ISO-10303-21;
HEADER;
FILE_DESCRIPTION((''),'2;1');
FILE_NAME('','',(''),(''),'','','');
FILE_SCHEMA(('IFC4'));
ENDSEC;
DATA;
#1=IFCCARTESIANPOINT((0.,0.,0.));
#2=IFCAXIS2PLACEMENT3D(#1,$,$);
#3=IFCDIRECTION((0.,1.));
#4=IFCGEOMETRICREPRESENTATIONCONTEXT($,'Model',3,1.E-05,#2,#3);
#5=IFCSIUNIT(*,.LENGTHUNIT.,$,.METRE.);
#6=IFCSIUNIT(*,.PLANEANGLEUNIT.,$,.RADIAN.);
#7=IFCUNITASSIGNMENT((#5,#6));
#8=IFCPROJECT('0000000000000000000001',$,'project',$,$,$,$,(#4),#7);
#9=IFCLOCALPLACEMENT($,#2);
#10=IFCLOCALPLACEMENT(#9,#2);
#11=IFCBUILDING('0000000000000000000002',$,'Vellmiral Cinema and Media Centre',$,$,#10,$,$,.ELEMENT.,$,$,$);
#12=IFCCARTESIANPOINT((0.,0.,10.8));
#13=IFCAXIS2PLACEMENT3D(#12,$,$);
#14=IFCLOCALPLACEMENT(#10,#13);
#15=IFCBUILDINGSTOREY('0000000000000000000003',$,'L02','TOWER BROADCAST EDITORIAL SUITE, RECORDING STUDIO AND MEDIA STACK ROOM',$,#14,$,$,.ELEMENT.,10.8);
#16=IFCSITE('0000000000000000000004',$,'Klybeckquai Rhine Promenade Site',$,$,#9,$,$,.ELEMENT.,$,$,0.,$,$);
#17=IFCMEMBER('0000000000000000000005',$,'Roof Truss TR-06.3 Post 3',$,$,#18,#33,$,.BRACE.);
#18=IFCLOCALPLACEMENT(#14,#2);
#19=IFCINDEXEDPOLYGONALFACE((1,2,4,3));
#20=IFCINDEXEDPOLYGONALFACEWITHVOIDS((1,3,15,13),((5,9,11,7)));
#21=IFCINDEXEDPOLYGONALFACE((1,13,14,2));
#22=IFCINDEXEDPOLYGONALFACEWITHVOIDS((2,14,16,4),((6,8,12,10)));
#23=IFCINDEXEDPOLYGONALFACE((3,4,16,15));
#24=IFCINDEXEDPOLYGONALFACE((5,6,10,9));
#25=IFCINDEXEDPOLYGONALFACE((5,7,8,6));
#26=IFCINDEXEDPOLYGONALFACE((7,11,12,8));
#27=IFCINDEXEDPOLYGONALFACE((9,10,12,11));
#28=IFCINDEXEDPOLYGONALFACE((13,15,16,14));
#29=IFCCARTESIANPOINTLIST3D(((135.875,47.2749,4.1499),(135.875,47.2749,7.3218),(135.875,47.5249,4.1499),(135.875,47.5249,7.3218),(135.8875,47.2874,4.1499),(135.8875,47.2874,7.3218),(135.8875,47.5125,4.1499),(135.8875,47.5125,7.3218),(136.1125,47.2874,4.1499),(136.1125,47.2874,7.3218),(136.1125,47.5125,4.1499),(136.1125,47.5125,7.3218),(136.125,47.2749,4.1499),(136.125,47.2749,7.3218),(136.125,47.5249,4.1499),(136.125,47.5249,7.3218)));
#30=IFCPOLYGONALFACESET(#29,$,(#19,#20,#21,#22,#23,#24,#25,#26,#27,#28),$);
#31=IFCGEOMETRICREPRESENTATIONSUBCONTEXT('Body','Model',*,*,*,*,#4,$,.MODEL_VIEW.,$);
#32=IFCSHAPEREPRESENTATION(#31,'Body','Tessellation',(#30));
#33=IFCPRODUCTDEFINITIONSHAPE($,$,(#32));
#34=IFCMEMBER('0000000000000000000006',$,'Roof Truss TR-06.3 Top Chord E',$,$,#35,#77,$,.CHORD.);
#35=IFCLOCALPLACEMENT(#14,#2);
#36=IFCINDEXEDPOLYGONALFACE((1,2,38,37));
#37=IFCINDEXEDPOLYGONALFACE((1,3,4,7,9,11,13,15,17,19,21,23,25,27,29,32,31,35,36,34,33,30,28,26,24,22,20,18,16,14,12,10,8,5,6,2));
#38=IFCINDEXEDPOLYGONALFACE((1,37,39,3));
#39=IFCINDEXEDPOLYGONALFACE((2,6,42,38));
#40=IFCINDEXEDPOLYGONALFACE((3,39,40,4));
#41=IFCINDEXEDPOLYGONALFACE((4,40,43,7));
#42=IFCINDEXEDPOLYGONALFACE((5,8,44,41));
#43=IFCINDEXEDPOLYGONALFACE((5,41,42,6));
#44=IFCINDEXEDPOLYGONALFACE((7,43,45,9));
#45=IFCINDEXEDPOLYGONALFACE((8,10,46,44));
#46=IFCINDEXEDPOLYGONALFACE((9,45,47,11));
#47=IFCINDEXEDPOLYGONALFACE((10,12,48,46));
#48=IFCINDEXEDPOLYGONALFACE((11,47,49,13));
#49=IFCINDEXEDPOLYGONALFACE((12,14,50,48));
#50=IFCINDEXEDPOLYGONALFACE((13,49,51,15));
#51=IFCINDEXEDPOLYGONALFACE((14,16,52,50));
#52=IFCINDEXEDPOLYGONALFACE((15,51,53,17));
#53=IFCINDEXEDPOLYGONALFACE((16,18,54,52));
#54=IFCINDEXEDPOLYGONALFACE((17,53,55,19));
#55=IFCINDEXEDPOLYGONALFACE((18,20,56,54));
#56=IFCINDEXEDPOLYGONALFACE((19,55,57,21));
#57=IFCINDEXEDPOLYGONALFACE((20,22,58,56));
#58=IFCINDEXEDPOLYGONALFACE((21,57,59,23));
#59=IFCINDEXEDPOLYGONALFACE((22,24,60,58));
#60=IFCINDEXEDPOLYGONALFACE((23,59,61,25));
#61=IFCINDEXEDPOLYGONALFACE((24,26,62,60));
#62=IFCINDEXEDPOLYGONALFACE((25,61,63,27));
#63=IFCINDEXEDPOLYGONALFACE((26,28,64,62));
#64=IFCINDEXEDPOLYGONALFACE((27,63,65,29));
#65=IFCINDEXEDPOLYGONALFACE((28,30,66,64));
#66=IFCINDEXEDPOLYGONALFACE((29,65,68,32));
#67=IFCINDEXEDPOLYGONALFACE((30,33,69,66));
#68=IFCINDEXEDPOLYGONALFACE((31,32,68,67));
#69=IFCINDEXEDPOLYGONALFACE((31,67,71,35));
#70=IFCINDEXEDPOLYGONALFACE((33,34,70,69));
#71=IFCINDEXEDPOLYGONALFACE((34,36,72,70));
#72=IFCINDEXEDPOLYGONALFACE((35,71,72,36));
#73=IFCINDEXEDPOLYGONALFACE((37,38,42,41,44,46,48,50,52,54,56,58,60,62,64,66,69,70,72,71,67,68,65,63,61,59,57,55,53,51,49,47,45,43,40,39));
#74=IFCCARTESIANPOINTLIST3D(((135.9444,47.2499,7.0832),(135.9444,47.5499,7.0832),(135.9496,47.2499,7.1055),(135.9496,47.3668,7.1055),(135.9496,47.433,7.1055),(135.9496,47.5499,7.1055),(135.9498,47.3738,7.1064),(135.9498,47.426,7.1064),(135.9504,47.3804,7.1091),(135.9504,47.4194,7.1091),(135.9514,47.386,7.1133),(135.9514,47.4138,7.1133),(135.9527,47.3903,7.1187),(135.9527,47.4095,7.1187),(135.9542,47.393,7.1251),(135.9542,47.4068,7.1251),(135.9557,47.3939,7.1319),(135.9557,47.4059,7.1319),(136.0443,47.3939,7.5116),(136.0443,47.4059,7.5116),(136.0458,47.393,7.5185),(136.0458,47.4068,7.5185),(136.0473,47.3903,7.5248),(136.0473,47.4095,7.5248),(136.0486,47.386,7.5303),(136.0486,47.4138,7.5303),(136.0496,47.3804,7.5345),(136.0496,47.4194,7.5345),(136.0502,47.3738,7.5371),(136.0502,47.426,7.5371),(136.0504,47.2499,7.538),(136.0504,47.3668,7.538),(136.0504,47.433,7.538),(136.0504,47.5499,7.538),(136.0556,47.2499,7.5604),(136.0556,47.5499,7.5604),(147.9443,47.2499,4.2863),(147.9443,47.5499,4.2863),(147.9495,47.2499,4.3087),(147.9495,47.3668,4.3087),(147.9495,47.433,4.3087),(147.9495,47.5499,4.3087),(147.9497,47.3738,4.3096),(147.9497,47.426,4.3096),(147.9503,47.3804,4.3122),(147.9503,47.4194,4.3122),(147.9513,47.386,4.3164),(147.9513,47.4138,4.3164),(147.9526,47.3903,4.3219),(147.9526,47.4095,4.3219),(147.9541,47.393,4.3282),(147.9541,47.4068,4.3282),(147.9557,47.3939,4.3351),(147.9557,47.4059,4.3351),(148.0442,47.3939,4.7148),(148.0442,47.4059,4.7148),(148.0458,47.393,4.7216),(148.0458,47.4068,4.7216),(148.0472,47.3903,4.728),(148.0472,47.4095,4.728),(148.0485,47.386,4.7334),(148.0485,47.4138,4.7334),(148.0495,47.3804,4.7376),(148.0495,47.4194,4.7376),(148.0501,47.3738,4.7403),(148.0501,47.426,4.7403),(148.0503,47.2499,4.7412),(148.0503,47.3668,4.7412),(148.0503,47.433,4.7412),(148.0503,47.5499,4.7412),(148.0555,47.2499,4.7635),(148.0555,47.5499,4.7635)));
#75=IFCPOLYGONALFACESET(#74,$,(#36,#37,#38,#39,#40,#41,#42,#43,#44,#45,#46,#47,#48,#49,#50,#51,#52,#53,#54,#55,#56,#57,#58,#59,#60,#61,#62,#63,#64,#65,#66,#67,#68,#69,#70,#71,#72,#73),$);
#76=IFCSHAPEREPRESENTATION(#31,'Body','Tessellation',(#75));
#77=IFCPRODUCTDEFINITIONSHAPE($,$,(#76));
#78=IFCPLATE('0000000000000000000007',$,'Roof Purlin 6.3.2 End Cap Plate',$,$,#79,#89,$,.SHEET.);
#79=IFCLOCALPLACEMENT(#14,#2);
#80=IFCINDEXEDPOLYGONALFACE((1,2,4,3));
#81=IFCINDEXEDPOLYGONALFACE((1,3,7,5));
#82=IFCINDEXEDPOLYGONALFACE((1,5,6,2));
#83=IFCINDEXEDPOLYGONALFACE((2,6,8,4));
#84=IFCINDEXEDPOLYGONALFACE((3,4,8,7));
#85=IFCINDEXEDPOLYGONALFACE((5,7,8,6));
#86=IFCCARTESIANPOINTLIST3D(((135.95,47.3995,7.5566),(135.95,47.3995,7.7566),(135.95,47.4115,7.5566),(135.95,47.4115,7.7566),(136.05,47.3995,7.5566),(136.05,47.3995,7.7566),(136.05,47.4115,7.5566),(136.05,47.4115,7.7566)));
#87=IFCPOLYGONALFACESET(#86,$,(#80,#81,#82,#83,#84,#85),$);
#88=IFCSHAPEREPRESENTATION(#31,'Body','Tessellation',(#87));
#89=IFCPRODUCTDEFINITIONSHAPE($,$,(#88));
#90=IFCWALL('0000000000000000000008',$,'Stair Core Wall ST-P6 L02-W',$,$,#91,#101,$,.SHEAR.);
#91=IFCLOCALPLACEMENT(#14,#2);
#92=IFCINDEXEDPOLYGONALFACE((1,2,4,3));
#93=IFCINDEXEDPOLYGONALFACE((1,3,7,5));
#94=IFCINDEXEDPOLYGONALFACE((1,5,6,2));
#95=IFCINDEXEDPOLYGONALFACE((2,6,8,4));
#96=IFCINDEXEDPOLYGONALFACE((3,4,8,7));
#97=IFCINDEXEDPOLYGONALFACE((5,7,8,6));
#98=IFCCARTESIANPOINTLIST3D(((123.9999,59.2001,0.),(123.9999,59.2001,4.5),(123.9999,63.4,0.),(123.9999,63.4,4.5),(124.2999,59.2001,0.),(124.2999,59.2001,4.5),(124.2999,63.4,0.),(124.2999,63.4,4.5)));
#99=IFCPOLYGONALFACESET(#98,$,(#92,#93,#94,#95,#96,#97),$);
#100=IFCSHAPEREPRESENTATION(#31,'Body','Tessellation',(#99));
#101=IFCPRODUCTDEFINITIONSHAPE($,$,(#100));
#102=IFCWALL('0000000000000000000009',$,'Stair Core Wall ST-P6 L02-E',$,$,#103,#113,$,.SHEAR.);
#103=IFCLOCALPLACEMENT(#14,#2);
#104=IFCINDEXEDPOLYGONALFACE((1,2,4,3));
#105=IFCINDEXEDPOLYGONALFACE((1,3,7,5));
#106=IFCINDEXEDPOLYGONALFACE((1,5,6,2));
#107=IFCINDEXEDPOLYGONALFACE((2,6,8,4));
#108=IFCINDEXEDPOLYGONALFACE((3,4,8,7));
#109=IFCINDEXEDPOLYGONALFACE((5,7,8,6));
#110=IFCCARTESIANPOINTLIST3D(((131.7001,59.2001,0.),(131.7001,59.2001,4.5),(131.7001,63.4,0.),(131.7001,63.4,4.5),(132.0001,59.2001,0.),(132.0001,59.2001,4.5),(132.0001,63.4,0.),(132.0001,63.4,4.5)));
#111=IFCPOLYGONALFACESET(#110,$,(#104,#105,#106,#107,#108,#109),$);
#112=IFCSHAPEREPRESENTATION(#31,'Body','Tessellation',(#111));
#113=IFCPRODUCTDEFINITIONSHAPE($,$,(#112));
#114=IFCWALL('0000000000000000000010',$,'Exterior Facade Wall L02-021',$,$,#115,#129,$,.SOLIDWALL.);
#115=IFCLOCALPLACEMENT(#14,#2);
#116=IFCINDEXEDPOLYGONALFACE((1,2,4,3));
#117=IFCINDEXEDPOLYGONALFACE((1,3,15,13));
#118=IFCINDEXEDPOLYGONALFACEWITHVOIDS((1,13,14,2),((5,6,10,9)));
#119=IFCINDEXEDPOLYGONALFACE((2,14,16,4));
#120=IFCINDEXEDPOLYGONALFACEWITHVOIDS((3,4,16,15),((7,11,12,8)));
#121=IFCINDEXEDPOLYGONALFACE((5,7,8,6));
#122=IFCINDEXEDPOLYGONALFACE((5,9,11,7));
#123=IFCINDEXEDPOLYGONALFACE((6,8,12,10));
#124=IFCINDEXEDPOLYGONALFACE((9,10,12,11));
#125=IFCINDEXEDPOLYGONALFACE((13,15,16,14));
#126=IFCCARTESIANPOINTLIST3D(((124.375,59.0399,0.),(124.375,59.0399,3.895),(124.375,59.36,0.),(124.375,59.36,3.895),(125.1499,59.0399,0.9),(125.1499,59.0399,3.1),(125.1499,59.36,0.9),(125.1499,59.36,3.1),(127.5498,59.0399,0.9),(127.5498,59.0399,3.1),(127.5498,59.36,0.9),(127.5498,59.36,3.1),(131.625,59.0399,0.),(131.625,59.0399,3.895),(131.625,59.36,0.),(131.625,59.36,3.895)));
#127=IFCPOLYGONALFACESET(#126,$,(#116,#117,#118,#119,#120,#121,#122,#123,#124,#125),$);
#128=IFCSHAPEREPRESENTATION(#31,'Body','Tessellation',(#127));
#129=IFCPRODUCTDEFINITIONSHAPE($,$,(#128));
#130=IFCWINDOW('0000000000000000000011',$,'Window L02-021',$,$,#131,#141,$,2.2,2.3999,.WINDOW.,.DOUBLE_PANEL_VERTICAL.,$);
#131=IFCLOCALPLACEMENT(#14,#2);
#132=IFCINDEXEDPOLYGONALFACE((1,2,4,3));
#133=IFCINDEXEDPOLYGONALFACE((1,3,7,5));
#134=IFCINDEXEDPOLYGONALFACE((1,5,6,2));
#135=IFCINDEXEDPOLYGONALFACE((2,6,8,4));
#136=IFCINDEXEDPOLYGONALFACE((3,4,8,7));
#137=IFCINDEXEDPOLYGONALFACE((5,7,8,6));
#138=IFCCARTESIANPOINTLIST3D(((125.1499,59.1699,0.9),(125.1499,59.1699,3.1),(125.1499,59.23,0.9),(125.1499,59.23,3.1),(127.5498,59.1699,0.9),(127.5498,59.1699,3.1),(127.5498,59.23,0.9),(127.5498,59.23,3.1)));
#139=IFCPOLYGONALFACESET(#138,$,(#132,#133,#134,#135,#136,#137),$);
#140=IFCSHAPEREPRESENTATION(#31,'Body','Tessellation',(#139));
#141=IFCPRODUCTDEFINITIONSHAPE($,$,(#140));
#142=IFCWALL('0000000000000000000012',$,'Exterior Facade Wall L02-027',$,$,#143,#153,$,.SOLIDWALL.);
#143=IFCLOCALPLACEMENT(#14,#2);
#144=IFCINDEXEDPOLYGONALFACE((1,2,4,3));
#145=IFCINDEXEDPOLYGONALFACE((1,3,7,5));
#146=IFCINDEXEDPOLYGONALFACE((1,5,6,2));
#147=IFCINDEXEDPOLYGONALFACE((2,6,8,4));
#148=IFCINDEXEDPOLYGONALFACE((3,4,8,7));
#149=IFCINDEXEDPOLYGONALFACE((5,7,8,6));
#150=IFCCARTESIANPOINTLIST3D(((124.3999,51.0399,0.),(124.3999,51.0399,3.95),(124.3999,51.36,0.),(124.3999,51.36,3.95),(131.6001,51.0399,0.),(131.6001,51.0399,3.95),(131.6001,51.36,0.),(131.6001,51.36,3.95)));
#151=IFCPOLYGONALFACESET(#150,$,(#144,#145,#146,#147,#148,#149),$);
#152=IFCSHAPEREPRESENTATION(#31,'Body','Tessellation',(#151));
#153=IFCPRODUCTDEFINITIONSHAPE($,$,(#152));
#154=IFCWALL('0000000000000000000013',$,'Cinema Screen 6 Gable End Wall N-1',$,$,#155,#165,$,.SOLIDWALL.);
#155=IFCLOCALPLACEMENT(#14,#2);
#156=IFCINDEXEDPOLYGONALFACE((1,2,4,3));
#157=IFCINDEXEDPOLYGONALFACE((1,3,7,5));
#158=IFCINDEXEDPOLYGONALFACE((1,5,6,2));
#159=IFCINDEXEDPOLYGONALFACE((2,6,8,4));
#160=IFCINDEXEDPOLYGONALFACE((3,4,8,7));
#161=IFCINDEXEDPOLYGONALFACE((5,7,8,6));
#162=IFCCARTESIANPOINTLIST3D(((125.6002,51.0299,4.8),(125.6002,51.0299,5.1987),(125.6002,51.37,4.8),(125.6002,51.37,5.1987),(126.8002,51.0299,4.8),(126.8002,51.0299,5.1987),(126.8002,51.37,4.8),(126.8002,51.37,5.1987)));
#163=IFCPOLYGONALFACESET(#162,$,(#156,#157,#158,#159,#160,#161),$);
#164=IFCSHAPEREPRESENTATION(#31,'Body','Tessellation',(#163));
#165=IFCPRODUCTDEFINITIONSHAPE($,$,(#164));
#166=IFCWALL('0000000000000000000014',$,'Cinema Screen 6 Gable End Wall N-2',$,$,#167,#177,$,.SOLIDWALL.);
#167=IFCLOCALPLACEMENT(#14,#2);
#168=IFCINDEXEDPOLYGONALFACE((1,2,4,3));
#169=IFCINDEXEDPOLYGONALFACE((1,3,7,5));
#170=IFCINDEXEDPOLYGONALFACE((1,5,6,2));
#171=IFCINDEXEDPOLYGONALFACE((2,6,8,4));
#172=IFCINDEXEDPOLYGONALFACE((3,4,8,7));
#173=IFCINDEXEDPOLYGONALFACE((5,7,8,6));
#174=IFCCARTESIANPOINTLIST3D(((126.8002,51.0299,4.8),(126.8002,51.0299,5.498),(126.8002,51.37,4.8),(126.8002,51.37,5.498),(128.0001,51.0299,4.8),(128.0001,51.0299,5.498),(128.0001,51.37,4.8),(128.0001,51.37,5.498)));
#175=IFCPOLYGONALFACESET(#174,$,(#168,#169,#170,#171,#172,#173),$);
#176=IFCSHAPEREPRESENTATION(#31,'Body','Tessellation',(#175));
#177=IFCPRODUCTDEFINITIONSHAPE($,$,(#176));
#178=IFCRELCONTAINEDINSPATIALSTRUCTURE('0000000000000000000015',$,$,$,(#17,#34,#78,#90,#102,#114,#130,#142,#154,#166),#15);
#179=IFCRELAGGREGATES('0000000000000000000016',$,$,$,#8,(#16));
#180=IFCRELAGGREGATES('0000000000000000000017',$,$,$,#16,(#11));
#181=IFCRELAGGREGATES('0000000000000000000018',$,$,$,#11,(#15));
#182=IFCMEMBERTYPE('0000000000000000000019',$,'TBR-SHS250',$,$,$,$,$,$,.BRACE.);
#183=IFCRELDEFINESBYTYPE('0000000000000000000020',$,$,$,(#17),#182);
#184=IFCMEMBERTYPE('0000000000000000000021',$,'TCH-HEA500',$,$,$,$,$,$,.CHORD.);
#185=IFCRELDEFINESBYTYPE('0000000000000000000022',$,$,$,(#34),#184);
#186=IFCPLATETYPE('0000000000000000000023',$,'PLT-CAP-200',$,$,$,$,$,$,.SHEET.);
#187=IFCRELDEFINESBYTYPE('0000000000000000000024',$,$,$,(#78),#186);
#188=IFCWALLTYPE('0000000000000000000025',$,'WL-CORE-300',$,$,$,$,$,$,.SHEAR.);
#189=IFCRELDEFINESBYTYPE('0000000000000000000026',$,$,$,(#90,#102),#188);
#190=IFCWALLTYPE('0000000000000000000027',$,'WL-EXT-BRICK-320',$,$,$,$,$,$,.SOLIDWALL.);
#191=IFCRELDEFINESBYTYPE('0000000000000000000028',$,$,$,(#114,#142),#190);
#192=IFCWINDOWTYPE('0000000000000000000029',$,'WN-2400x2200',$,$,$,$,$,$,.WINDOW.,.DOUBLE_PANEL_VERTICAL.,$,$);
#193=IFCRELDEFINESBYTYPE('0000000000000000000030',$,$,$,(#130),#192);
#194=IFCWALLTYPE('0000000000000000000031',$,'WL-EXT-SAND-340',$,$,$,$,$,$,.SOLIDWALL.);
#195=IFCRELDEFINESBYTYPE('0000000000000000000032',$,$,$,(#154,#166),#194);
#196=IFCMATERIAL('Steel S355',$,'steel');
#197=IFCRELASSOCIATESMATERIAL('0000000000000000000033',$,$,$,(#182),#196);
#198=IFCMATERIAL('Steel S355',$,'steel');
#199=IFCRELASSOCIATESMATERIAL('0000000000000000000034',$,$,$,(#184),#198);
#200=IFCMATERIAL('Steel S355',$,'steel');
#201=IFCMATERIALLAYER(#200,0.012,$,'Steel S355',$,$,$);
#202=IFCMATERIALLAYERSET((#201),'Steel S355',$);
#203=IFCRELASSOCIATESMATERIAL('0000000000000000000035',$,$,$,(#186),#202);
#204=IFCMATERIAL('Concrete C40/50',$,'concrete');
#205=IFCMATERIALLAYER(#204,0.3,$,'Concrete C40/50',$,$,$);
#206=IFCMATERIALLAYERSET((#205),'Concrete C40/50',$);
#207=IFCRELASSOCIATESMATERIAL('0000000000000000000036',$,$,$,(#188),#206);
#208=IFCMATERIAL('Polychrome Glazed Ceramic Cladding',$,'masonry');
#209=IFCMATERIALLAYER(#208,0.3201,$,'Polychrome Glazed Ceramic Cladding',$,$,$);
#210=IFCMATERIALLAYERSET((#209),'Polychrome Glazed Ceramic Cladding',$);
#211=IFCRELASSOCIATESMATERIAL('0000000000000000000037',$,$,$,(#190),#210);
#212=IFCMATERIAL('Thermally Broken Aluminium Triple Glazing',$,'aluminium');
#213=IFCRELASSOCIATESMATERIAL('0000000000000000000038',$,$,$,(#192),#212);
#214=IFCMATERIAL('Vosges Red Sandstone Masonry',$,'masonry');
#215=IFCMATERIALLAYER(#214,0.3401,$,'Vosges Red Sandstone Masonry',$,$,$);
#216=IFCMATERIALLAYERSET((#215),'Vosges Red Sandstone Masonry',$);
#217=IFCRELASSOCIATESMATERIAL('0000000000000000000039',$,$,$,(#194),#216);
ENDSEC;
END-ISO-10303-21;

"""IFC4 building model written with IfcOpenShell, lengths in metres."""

from ifc_helpers import new_model, si_unit, direction, frame, frame_2d, origin, origin_2d, place, context, subcontext, project, spatial, rectangle, hollow_rectangle, i_section, extrude, material, layer, layer_set, material_profile, profile_set, type_object, element, fill, save


model = new_model("IFC4")

# Units and contexts
model_context = context("Model", 3, precision=1e-05, world=origin(), true_north=direction((0.0, 1.0)))
body_context = subcontext(model_context, "Body", "Model", "MODEL_VIEW")
ifc_project = project(units=[si_unit("LENGTHUNIT", "METRE"), si_unit("PLANEANGLEUNIT", "RADIAN")], contexts=[model_context])

# Site, building, storey
site_placement = place(None, origin())
site = spatial("IfcSite", under=ifc_project, at=site_placement, Name="Klybeckquai Rhine Promenade Site", CompositionType="ELEMENT", RefElevation=0.0)
building_placement = place(site_placement, origin())
building = spatial("IfcBuilding", under=site, at=building_placement, Name="Vellmiral Cinema and Media Centre", CompositionType="ELEMENT")
storey_placement = place(building_placement, frame((0.0, 0.0, 10.8)))
storey = spatial("IfcBuildingStorey", under=building, at=storey_placement, Name="L02", Description="TOWER BROADCAST EDITORIAL SUITE, RECORDING STUDIO AND MEDIA STACK ROOM", CompositionType="ELEMENT", Elevation=10.8)

# Members
ifc_material_1 = material(Name="Steel S355", Category="steel")
ifc_material_profile_1 = material_profile(ifc_material_1, hollow_rectangle(XDim=0.25, YDim=0.25, WallThickness=0.0125, at=origin_2d()), Name="SHS 250x250x12.5")
ifc_profile_set_1 = profile_set([ifc_material_profile_1], Name="Steel S355")
member_type_1 = type_object("IfcMemberType", Name="TBR-SHS250", PredefinedType="BRACE", material=ifc_profile_set_1)
member_1_placement = place(storey_placement, frame((136.0, 47.3999, 4.1499), z_axis=(0.0, 0.0, 1.0), x_axis=(1.0, 0.0, 0.0)))
element("IfcMember", 1, at=member_1_placement, inside=storey, type_object=member_type_1, Name="Roof Truss TR-06.3 Post 3", PredefinedType="BRACE", context=body_context, shape_type="SweptSolid", body=[
    extrude(hollow_rectangle(XDim=0.25, YDim=0.25, WallThickness=0.0125, at=origin_2d()), origin(), (0.0, 0.0, 1.0), 3.1719),
])
ifc_material_2 = material(Name="Steel S355", Category="steel")
ifc_material_profile_2 = material_profile(ifc_material_2, i_section(OverallWidth=0.3, OverallDepth=0.49, WebThickness=0.012, FlangeThickness=0.0229, FilletRadius=0.0271, at=origin_2d()), Name="HEA 500")
ifc_profile_set_2 = profile_set([ifc_material_profile_2], Name="Steel S355")
member_type_2 = type_object("IfcMemberType", Name="TCH-HEA500", PredefinedType="CHORD", material=ifc_profile_set_2)
member_2_placement = place(storey_placement, frame((136.0, 47.3999, 7.3218), z_axis=(0.973897, 0.0, -0.226989), x_axis=(0.0, 1.0, 0.0)))
element("IfcMember", 2, at=member_2_placement, inside=storey, type_object=member_type_2, Name="Roof Truss TR-06.3 Top Chord E", PredefinedType="CHORD", context=body_context, shape_type="SweptSolid", body=[
    extrude(i_section(OverallWidth=0.3, OverallDepth=0.49, WebThickness=0.012, FlangeThickness=0.0229, FilletRadius=0.0271, at=origin_2d()), origin(), (0.0, 0.0, 1.0), 12.3215),
])

# Plate
ifc_material_3 = material(Name="Steel S355", Category="steel")
ifc_layer_1 = layer(ifc_material_3, 0.012, Name="Steel S355")
ifc_layer_set_1 = layer_set([ifc_layer_1], Name="Steel S355")
plate_type = type_object("IfcPlateType", Name="PLT-CAP-200", PredefinedType="SHEET", material=ifc_layer_set_1)
plate_placement = place(storey_placement, frame((136.0, 47.4055, 7.5566), z_axis=(0.0, 0.0, 1.0), x_axis=(1.0, 0.0, 0.0)))
element("IfcPlate", 3, at=plate_placement, inside=storey, type_object=plate_type, Name="Roof Purlin 6.3.2 End Cap Plate", PredefinedType="SHEET", context=body_context, shape_type="SweptSolid", body=[
    extrude(rectangle(XDim=0.1001, YDim=0.012, at=origin_2d()), origin(), (0.0, 0.0, 1.0), 0.2),
])

# Walls
ifc_material_4 = material(Name="Concrete C40/50", Category="concrete")
ifc_layer_2 = layer(ifc_material_4, 0.3, Name="Concrete C40/50")
ifc_layer_set_2 = layer_set([ifc_layer_2], Name="Concrete C40/50")
wall_type_1 = type_object("IfcWallType", Name="WL-CORE-300", PredefinedType="SHEAR", material=ifc_layer_set_2)
for number, where, z_axis, x_axis, name in (
    (4, (124.1499, 59.2, 0.0), (0.0, 0.0, 1.0), (0.0, 1.0, 0.0), "Stair Core Wall ST-P6 L02-W"),
    (5, (131.8501, 59.2, 0.0), (0.0, 0.0, 1.0), (0.0, 1.0, 0.0), "Stair Core Wall ST-P6 L02-E"),
):
    element("IfcWall", number, at=place(storey_placement, frame(where, z_axis=z_axis, x_axis=x_axis)), inside=storey, type_object=wall_type_1, Name=name, PredefinedType="SHEAR", context=body_context, shape_type="SweptSolid", body=[
        extrude(rectangle(XDim=4.2, YDim=0.3, at=frame_2d((2.1001, 0.0))), origin(), (0.0, 0.0, 1.0), 4.5),
    ])

# Wall, opening, window
ifc_material_5 = material(Name="Polychrome Glazed Ceramic Cladding", Category="masonry")
ifc_layer_3 = layer(ifc_material_5, 0.3201, Name="Polychrome Glazed Ceramic Cladding")
ifc_layer_set_3 = layer_set([ifc_layer_3], Name="Polychrome Glazed Ceramic Cladding")
wall_type_2 = type_object("IfcWallType", Name="WL-EXT-BRICK-320", PredefinedType="SOLIDWALL", material=ifc_layer_set_3)
wall_1_placement = place(storey_placement, frame((124.375, 59.2, 0.0), z_axis=(0.0, 0.0, 1.0), x_axis=(1.0, 0.0, 0.0)))
wall_1 = element("IfcWall", 6, at=wall_1_placement, inside=storey, type_object=wall_type_2, Name="Exterior Facade Wall L02-021", PredefinedType="SOLIDWALL", context=body_context, shape_type="SweptSolid", body=[
    extrude(rectangle(XDim=7.25, YDim=0.3201, at=frame_2d((3.625, 0.0))), origin(), (0.0, 0.0, 1.0), 3.895),
])
opening_1_placement = place(wall_1_placement, frame((0.7749, 0.0, 0.8999)))
opening_1 = element("IfcOpeningElement", 7, at=opening_1_placement, cuts=wall_1, PredefinedType="OPENING", context=body_context, shape_type="SweptSolid", body=[
    extrude(rectangle(XDim=2.3999, YDim=2.2, at=frame_2d((1.2, 1.1001))), frame((0.0, 0.1719, 0.0), z_axis=(0.0, -1.0, 0.0), x_axis=(1.0, 0.0, 0.0)), (0.0, 0.0, 1.0), 0.344),
])
ifc_material_6 = material(Name="Thermally Broken Aluminium Triple Glazing", Category="aluminium")
window_type_1 = type_object("IfcWindowType", Name="WN-2400x2200", PartitioningType="DOUBLE_PANEL_VERTICAL", PredefinedType="WINDOW", material=ifc_material_6)
window_1_placement = place(opening_1_placement, origin())
window_1 = element("IfcWindow", 8, at=window_1_placement, inside=storey, type_object=window_type_1, Name="Window L02-021", OverallHeight=2.2, OverallWidth=2.3999, PartitioningType="DOUBLE_PANEL_VERTICAL", PredefinedType="WINDOW", context=body_context, shape_type="SweptSolid", body=[
    extrude(rectangle(XDim=2.3999, YDim=2.2, at=frame_2d((1.2, 1.1001))), frame((0.0, 0.03, 0.0), z_axis=(0.0, -1.0, 0.0), x_axis=(1.0, 0.0, 0.0)), (0.0, 0.0, 1.0), 0.0601),
])
fill(opening_1, window_1)

# Walls
wall_2_placement = place(storey_placement, frame((131.6001, 51.2, 0.0), z_axis=(0.0, 0.0, 1.0), x_axis=(-1.0, 0.0, 0.0)))
element("IfcWall", 9, at=wall_2_placement, inside=storey, type_object=wall_type_2, Name="Exterior Facade Wall L02-027", PredefinedType="SOLIDWALL", context=body_context, shape_type="SweptSolid", body=[
    extrude(rectangle(XDim=7.2002, YDim=0.3201, at=frame_2d((3.6001, 0.0))), origin(), (0.0, 0.0, 1.0), 3.95),
])
ifc_material_7 = material(Name="Vosges Red Sandstone Masonry", Category="masonry")
ifc_layer_4 = layer(ifc_material_7, 0.3401, Name="Vosges Red Sandstone Masonry")
ifc_layer_set_4 = layer_set([ifc_layer_4], Name="Vosges Red Sandstone Masonry")
wall_type_3 = type_object("IfcWallType", Name="WL-EXT-SAND-340", PredefinedType="SOLIDWALL", material=ifc_layer_set_4)
wall_3_placement = place(storey_placement, frame((125.6001, 51.2, 4.8), z_axis=(0.0, 0.0, 1.0), x_axis=(1.0, 0.0, 0.0)))
element("IfcWall", 10, at=wall_3_placement, inside=storey, type_object=wall_type_3, Name="Cinema Screen 6 Gable End Wall N-1", PredefinedType="SOLIDWALL", context=body_context, shape_type="SweptSolid", body=[
    extrude(rectangle(XDim=1.2, YDim=0.3401, at=frame_2d((0.6001, 0.0))), origin(), (0.0, 0.0, 1.0), 0.3987),
])
wall_4_placement = place(storey_placement, frame((126.8, 51.2, 4.8), z_axis=(0.0, 0.0, 1.0), x_axis=(1.0, 0.0, 0.0)))
element("IfcWall", 11, at=wall_4_placement, inside=storey, type_object=wall_type_3, Name="Cinema Screen 6 Gable End Wall N-2", PredefinedType="SOLIDWALL", context=body_context, shape_type="SweptSolid", body=[
    extrude(rectangle(XDim=1.2, YDim=0.3401, at=frame_2d((0.6001, 0.0))), origin(), (0.0, 0.0, 1.0), 0.698),
])

save(model, "model.ifc")
